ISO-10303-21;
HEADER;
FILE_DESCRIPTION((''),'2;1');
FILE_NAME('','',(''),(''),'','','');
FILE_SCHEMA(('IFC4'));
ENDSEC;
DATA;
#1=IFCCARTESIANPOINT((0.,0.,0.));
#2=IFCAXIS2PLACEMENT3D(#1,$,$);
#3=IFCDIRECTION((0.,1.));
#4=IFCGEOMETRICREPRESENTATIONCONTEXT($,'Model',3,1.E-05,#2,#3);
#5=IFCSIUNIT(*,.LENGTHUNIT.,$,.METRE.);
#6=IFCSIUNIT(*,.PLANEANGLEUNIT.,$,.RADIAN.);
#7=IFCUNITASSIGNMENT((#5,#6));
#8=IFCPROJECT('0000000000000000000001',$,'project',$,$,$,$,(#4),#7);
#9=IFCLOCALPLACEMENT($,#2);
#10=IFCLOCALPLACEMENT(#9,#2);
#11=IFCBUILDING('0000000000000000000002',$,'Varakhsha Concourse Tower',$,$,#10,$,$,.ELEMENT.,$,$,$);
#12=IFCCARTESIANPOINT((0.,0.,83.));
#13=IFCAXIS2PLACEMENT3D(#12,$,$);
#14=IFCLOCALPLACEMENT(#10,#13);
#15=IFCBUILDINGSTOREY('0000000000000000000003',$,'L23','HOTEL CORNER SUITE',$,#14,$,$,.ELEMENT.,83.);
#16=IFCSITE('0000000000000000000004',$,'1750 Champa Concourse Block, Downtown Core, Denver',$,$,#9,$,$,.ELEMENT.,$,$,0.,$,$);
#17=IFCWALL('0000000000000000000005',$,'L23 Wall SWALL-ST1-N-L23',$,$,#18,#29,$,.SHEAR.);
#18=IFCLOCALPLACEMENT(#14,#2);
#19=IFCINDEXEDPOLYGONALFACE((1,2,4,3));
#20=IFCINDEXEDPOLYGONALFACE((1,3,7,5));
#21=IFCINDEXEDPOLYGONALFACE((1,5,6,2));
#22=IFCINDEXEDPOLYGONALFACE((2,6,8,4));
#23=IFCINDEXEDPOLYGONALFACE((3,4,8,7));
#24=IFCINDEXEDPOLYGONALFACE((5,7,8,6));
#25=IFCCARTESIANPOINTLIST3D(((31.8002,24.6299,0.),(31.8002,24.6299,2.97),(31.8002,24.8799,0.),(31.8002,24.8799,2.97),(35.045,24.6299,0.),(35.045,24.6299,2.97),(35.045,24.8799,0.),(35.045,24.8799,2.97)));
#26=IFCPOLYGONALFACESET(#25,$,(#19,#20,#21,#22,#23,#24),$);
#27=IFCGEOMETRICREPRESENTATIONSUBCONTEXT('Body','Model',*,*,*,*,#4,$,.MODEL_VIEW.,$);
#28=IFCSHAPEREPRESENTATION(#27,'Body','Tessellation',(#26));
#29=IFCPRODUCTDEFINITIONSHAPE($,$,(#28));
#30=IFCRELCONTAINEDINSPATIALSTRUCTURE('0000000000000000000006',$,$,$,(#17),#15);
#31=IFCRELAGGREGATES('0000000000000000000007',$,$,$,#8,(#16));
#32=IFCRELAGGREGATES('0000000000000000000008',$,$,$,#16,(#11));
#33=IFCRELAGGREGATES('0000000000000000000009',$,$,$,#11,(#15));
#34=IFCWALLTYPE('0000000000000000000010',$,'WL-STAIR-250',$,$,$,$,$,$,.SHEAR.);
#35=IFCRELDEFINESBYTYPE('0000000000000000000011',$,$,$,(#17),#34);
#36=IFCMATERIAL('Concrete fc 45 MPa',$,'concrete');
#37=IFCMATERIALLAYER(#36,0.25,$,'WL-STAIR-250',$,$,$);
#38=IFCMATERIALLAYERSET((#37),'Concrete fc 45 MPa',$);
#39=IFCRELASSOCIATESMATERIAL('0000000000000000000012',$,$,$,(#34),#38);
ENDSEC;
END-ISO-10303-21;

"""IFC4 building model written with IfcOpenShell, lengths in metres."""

from ifc_helpers import new_model, si_unit, direction, frame, frame_2d, origin, place, context, subcontext, project, spatial, rectangle, extrude, material, layer, layer_set, type_object, element, save


model = new_model("IFC4")

# Units and contexts
model_context = context("Model", 3, precision=1e-05, world=origin(), true_north=direction((0.0, 1.0)))
body_context = subcontext(model_context, "Body", "Model", "MODEL_VIEW")
ifc_project = project(units=[si_unit("LENGTHUNIT", "METRE"), si_unit("PLANEANGLEUNIT", "RADIAN")], contexts=[model_context])

# Site, building, storey
site_placement = place(None, origin())
site = spatial("IfcSite", under=ifc_project, at=site_placement, Name="1750 Champa Concourse Block, Downtown Core, Denver", CompositionType="ELEMENT", RefElevation=0.0)
building_placement = place(site_placement, origin())
building = spatial("IfcBuilding", under=site, at=building_placement, Name="Varakhsha Concourse Tower", CompositionType="ELEMENT")
storey_placement = place(building_placement, frame((0.0, 0.0, 83.0)))
storey = spatial("IfcBuildingStorey", under=building, at=storey_placement, Name="L23", Description="HOTEL CORNER SUITE", CompositionType="ELEMENT", Elevation=83.0)

# Wall
ifc_material_1 = material(Name="Concrete fc 45 MPa", Category="concrete")
ifc_layer_1 = layer(ifc_material_1, 0.25, Name="WL-STAIR-250")
ifc_layer_set_1 = layer_set([ifc_layer_1], Name="Concrete fc 45 MPa")
wall_type_1 = type_object("IfcWallType", Name="WL-STAIR-250", PredefinedType="SHEAR", material=ifc_layer_set_1)
wall_1_placement = place(storey_placement, frame((31.8, 24.7549, 0.0), z_axis=(0.0, 0.0, 1.0), x_axis=(1.0, 0.0, 0.0)))
element("IfcWall", 1, at=wall_1_placement, inside=storey, type_object=wall_type_1, Name="L23 Wall SWALL-ST1-N-L23", PredefinedType="SHEAR", context=body_context, shape_type="SweptSolid", body=[
    extrude(rectangle(XDim=3.2449, YDim=0.25, at=frame_2d((1.6226, 0.0))), origin(), (0.0, 0.0, 1.0), 2.97),
])

save(model, "model.ifc")
